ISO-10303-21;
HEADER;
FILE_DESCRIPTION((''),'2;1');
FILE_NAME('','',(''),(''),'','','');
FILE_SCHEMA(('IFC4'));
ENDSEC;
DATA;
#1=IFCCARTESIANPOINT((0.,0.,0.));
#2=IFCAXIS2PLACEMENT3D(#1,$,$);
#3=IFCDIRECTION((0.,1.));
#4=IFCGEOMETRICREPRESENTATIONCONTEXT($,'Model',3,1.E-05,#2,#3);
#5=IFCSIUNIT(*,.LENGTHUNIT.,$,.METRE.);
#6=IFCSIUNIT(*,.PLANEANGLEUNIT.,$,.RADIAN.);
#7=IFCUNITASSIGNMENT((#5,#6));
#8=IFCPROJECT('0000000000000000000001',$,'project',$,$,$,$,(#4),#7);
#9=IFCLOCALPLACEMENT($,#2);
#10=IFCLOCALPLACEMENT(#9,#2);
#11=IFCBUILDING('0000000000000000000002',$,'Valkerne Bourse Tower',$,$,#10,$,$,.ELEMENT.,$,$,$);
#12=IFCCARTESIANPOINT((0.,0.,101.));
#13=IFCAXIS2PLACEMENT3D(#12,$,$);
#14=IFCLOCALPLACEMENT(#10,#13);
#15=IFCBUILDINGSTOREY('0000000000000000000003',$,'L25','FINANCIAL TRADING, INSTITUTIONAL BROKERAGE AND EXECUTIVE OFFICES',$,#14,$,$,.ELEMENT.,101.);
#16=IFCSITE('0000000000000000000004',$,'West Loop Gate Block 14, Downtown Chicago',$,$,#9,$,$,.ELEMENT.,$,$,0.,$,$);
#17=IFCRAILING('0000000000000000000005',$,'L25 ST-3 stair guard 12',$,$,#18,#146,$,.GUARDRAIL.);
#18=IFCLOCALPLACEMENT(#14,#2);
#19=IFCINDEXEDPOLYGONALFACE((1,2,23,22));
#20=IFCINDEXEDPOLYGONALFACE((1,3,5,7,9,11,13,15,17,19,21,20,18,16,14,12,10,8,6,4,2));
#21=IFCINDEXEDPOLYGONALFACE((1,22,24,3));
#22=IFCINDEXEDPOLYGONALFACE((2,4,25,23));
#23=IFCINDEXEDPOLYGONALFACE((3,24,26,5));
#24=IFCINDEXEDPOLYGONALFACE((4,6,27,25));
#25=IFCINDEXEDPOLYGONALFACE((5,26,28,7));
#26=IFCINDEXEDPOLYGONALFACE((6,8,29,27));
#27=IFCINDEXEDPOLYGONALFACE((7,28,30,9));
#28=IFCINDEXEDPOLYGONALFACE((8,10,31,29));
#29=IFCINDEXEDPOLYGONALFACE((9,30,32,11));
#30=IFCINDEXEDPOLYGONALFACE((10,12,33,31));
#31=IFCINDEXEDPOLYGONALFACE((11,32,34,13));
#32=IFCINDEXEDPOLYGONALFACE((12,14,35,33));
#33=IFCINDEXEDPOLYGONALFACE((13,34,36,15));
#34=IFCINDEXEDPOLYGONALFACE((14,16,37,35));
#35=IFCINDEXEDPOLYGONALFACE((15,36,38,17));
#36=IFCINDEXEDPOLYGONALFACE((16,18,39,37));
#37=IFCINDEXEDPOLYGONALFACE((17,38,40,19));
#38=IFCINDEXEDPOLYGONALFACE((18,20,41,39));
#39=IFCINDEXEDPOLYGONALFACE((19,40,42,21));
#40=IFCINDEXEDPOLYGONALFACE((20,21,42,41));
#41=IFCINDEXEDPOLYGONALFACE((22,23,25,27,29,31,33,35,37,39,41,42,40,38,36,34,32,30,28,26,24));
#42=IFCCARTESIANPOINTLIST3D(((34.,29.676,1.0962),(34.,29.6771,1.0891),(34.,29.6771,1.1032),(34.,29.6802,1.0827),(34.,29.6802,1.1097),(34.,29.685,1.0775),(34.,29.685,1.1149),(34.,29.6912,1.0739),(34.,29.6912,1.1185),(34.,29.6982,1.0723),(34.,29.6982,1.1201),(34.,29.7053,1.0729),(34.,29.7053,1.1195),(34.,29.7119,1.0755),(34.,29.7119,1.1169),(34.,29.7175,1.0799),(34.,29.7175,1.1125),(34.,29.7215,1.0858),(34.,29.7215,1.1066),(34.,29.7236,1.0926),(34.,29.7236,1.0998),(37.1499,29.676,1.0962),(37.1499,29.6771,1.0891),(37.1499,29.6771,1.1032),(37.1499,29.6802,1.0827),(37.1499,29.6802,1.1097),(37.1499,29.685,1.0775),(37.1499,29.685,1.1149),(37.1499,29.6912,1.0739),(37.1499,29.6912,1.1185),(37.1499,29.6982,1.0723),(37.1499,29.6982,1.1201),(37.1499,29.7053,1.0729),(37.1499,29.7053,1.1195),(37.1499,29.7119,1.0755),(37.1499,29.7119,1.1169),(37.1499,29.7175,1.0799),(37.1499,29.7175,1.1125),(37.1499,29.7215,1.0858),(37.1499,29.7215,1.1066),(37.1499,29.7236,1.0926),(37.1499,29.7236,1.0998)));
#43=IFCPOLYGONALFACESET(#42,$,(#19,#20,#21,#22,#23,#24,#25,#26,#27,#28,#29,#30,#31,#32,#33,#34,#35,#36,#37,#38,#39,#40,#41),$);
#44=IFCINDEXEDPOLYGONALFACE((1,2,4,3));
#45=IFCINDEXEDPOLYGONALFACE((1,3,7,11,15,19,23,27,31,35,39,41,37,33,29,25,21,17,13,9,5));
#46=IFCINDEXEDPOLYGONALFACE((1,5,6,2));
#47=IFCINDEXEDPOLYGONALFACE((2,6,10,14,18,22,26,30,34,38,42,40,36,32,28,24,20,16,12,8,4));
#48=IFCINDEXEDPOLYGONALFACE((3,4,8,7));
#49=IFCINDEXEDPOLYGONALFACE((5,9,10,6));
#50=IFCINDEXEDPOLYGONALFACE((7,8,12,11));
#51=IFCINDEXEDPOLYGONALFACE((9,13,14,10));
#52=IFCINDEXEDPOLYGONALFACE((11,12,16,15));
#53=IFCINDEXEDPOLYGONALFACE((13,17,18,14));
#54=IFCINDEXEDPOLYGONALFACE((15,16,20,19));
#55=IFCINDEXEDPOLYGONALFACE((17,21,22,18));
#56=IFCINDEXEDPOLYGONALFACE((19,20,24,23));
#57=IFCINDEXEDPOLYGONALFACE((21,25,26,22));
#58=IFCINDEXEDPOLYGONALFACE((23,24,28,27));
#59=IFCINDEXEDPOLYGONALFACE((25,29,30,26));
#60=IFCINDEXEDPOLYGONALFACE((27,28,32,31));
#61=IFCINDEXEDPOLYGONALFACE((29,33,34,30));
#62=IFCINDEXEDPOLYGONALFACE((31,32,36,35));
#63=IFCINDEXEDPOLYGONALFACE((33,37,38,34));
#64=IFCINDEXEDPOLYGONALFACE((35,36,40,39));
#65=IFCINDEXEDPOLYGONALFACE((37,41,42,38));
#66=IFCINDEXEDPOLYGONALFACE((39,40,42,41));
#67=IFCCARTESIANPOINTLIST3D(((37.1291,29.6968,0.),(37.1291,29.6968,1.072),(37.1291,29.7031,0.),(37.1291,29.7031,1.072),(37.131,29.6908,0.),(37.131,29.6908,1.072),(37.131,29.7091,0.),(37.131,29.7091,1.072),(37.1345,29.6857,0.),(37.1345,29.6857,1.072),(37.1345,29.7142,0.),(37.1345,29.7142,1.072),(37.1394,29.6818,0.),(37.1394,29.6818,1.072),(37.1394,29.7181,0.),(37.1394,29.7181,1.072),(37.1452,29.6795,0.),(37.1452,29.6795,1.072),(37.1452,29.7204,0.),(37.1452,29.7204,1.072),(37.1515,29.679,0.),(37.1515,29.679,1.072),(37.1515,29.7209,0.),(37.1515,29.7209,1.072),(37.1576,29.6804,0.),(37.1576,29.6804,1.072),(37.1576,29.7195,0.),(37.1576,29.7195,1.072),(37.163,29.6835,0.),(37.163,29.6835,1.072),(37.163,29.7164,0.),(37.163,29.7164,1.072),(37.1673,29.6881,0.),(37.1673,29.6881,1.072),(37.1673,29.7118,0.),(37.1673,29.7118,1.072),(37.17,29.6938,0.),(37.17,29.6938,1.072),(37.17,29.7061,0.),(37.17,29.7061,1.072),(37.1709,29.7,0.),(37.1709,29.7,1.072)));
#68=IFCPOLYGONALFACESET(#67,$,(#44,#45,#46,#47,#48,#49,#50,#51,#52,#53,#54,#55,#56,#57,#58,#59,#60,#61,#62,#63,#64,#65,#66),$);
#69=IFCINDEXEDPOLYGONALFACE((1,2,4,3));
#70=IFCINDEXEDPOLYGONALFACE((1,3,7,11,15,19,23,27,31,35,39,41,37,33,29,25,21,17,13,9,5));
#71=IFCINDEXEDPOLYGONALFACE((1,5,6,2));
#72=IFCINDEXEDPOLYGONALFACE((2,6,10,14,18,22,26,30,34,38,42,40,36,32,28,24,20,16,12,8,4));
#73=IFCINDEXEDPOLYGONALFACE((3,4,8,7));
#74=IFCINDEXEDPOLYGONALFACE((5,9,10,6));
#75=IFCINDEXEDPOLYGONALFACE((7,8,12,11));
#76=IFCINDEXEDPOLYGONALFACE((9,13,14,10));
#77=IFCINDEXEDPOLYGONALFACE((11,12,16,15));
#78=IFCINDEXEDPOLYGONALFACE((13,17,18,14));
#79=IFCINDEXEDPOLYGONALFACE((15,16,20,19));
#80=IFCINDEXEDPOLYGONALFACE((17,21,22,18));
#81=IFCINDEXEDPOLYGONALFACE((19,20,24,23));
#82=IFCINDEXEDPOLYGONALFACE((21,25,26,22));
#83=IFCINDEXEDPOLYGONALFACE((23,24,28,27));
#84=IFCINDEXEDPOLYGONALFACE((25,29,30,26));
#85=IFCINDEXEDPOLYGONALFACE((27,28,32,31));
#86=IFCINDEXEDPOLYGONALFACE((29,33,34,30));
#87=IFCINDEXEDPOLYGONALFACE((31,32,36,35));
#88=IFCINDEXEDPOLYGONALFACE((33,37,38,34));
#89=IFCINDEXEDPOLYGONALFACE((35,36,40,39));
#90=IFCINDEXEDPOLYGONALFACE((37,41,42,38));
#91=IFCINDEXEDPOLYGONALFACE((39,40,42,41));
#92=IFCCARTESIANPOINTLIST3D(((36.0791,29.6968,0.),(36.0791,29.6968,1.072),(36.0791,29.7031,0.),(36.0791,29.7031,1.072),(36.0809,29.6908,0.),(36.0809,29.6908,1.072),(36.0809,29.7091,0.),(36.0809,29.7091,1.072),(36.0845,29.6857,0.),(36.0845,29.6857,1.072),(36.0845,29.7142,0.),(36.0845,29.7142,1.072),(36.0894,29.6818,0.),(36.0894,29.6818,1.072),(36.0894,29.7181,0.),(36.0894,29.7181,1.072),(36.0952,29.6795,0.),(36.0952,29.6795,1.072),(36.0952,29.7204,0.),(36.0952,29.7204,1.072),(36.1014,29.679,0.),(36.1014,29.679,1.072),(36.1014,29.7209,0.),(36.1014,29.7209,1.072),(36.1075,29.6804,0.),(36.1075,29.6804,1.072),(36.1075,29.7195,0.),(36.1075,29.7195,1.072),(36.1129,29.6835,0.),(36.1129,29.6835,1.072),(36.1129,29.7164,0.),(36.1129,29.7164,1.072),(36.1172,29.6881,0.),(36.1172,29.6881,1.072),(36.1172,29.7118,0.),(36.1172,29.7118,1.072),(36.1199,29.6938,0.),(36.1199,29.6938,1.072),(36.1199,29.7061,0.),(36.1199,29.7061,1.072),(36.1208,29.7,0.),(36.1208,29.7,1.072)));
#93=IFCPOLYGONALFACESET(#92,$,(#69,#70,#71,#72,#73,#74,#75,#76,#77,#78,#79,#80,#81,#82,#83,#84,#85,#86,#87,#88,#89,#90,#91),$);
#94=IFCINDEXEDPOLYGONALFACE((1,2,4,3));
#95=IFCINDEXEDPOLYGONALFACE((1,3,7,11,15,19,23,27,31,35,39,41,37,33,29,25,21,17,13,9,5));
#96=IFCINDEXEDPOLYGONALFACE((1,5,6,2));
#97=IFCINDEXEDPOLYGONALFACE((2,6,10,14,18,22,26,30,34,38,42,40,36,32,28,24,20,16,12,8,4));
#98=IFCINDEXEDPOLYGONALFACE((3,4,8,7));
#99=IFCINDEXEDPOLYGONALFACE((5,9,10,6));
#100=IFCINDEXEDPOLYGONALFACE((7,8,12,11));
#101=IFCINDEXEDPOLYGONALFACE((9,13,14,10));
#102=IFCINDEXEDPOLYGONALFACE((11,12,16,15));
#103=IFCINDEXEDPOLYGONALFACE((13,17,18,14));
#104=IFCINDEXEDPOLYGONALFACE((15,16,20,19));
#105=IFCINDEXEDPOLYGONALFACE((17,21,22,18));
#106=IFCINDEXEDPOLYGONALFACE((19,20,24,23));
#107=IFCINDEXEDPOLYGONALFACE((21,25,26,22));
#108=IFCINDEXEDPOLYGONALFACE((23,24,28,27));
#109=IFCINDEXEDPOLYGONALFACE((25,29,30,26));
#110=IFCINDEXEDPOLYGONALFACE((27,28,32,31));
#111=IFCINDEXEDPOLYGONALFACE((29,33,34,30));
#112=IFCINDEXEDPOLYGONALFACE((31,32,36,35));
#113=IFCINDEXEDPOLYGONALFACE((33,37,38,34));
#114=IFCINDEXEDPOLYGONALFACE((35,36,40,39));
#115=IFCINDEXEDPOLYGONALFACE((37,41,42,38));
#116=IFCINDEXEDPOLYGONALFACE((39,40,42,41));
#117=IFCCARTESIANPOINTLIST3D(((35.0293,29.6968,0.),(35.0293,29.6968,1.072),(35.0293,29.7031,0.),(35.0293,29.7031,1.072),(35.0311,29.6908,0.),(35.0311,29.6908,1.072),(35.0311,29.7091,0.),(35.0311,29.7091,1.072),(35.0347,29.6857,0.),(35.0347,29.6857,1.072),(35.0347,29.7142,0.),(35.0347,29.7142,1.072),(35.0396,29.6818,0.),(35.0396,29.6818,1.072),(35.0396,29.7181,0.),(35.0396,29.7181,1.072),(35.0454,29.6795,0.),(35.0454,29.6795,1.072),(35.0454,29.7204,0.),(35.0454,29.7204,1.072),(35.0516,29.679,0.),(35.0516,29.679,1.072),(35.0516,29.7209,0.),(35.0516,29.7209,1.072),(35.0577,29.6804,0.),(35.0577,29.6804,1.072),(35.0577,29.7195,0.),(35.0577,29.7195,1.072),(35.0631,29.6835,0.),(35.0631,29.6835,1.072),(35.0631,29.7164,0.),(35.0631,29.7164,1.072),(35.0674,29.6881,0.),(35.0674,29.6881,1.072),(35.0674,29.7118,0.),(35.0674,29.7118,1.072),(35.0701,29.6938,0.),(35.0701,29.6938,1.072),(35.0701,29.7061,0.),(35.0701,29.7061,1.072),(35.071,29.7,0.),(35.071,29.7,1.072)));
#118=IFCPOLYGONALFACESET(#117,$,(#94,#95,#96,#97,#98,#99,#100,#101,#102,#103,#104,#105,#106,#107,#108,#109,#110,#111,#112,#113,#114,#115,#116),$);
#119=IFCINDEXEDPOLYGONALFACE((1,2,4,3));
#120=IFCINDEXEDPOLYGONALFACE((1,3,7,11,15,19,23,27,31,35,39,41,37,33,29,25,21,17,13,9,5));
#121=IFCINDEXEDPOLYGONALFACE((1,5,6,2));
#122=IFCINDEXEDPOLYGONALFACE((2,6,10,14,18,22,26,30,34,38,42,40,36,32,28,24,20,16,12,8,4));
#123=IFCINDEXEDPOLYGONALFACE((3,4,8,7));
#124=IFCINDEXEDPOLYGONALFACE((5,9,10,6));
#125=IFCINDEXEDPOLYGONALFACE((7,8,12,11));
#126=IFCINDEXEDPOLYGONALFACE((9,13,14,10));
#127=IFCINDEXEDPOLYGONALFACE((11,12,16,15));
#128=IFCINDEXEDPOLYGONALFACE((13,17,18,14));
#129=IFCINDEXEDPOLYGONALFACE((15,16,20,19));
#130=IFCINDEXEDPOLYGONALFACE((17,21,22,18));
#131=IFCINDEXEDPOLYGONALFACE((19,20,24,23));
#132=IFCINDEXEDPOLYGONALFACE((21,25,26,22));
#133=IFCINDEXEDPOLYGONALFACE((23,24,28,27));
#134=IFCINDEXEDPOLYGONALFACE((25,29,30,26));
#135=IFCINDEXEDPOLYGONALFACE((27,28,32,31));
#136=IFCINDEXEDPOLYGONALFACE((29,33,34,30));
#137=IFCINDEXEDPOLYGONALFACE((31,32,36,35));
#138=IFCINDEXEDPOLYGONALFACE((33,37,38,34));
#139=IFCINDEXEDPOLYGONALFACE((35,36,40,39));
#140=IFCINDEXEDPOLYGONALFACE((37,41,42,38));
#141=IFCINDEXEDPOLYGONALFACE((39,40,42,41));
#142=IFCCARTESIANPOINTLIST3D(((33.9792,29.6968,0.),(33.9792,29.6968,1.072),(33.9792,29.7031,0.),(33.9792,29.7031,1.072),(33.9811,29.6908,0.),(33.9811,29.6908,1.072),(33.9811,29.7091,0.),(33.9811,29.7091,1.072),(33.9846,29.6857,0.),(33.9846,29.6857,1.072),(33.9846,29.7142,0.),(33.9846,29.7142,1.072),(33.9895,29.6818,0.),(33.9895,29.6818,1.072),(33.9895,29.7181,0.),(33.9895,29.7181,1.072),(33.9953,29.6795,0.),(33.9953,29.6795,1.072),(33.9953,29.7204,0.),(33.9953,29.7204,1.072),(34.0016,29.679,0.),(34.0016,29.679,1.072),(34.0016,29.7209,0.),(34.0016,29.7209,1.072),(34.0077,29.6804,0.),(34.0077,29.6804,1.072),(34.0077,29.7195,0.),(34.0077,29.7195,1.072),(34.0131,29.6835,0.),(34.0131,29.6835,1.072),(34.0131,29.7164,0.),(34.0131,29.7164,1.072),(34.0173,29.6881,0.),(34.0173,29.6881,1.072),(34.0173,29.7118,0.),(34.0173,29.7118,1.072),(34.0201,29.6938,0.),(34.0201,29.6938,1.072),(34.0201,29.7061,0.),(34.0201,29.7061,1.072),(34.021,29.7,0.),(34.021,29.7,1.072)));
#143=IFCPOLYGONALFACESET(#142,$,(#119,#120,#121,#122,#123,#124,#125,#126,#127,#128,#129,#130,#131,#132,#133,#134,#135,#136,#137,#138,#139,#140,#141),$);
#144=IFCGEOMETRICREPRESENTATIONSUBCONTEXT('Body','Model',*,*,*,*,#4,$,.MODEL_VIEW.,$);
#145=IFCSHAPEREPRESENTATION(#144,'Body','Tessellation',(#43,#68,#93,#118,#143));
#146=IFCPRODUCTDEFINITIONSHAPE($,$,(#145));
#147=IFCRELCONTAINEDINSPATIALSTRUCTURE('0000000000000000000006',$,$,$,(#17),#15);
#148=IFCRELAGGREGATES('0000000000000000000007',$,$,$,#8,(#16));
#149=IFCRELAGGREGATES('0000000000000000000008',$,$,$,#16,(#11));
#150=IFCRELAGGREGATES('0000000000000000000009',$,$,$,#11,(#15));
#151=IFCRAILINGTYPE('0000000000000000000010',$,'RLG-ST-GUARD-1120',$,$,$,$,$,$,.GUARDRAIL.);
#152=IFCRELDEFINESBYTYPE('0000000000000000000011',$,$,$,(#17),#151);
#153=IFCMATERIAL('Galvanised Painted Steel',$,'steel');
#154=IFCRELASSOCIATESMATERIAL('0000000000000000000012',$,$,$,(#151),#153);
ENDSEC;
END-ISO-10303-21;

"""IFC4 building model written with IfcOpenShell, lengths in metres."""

from ifc_helpers import new_model, si_unit, direction, frame, origin, origin_2d, place, context, subcontext, project, spatial, circle, extrude, material, type_object, element, save


model = new_model("IFC4")

# Units and contexts
model_context = context("Model", 3, precision=1e-05, world=origin(), true_north=direction((0.0, 1.0)))
body_context = subcontext(model_context, "Body", "Model", "MODEL_VIEW")
ifc_project = project(units=[si_unit("LENGTHUNIT", "METRE"), si_unit("PLANEANGLEUNIT", "RADIAN")], contexts=[model_context])

# Site, building, storey
site_placement = place(None, origin())
site = spatial("IfcSite", under=ifc_project, at=site_placement, Name="West Loop Gate Block 14, Downtown Chicago", CompositionType="ELEMENT", RefElevation=0.0)
building_placement = place(site_placement, origin())
building = spatial("IfcBuilding", under=site, at=building_placement, Name="Valkerne Bourse Tower", CompositionType="ELEMENT")
storey_placement = place(building_placement, frame((0.0, 0.0, 101.0)))
storey = spatial("IfcBuildingStorey", under=building, at=storey_placement, Name="L25", Description="FINANCIAL TRADING, INSTITUTIONAL BROKERAGE AND EXECUTIVE OFFICES", CompositionType="ELEMENT", Elevation=101.0)

# Shared definitions
ifc_material_1 = material(Name="Galvanised Painted Steel", Category="steel")

# Railing
railing_type_1 = type_object("IfcRailingType", Name="RLG-ST-GUARD-1120", PredefinedType="GUARDRAIL", material=ifc_material_1)
railing_1_placement = place(storey_placement, frame((37.1499, 29.7, 0.0)))
element("IfcRailing", 1, at=railing_1_placement, inside=storey, type_object=railing_type_1, Name="L25 ST-3 stair guard 12", PredefinedType="GUARDRAIL", context=body_context, shape_type="SweptSolid", body=[
    extrude(circle(Radius=0.0239, at=origin_2d()), frame((0.0, 0.0, 1.0962), z_axis=(-1.0, 0.0, 0.0), x_axis=(0.0, -1.0, 0.0)), (0.0, 0.0, 1.0), 3.1499),
    extrude(circle(Radius=0.021, at=origin_2d()), origin(), (0.0, 0.0, 1.0), 1.072),
    extrude(circle(Radius=0.021, at=origin_2d()), frame((-1.05, 0.0, 0.0)), (0.0, 0.0, 1.0), 1.072),
    extrude(circle(Radius=0.021, at=origin_2d()), frame((-2.0999, 0.0, 0.0)), (0.0, 0.0, 1.0), 1.072),
    extrude(circle(Radius=0.021, at=origin_2d()), frame((-3.1499, 0.0, 0.0)), (0.0, 0.0, 1.0), 1.072),
])

save(model, "model.ifc")
